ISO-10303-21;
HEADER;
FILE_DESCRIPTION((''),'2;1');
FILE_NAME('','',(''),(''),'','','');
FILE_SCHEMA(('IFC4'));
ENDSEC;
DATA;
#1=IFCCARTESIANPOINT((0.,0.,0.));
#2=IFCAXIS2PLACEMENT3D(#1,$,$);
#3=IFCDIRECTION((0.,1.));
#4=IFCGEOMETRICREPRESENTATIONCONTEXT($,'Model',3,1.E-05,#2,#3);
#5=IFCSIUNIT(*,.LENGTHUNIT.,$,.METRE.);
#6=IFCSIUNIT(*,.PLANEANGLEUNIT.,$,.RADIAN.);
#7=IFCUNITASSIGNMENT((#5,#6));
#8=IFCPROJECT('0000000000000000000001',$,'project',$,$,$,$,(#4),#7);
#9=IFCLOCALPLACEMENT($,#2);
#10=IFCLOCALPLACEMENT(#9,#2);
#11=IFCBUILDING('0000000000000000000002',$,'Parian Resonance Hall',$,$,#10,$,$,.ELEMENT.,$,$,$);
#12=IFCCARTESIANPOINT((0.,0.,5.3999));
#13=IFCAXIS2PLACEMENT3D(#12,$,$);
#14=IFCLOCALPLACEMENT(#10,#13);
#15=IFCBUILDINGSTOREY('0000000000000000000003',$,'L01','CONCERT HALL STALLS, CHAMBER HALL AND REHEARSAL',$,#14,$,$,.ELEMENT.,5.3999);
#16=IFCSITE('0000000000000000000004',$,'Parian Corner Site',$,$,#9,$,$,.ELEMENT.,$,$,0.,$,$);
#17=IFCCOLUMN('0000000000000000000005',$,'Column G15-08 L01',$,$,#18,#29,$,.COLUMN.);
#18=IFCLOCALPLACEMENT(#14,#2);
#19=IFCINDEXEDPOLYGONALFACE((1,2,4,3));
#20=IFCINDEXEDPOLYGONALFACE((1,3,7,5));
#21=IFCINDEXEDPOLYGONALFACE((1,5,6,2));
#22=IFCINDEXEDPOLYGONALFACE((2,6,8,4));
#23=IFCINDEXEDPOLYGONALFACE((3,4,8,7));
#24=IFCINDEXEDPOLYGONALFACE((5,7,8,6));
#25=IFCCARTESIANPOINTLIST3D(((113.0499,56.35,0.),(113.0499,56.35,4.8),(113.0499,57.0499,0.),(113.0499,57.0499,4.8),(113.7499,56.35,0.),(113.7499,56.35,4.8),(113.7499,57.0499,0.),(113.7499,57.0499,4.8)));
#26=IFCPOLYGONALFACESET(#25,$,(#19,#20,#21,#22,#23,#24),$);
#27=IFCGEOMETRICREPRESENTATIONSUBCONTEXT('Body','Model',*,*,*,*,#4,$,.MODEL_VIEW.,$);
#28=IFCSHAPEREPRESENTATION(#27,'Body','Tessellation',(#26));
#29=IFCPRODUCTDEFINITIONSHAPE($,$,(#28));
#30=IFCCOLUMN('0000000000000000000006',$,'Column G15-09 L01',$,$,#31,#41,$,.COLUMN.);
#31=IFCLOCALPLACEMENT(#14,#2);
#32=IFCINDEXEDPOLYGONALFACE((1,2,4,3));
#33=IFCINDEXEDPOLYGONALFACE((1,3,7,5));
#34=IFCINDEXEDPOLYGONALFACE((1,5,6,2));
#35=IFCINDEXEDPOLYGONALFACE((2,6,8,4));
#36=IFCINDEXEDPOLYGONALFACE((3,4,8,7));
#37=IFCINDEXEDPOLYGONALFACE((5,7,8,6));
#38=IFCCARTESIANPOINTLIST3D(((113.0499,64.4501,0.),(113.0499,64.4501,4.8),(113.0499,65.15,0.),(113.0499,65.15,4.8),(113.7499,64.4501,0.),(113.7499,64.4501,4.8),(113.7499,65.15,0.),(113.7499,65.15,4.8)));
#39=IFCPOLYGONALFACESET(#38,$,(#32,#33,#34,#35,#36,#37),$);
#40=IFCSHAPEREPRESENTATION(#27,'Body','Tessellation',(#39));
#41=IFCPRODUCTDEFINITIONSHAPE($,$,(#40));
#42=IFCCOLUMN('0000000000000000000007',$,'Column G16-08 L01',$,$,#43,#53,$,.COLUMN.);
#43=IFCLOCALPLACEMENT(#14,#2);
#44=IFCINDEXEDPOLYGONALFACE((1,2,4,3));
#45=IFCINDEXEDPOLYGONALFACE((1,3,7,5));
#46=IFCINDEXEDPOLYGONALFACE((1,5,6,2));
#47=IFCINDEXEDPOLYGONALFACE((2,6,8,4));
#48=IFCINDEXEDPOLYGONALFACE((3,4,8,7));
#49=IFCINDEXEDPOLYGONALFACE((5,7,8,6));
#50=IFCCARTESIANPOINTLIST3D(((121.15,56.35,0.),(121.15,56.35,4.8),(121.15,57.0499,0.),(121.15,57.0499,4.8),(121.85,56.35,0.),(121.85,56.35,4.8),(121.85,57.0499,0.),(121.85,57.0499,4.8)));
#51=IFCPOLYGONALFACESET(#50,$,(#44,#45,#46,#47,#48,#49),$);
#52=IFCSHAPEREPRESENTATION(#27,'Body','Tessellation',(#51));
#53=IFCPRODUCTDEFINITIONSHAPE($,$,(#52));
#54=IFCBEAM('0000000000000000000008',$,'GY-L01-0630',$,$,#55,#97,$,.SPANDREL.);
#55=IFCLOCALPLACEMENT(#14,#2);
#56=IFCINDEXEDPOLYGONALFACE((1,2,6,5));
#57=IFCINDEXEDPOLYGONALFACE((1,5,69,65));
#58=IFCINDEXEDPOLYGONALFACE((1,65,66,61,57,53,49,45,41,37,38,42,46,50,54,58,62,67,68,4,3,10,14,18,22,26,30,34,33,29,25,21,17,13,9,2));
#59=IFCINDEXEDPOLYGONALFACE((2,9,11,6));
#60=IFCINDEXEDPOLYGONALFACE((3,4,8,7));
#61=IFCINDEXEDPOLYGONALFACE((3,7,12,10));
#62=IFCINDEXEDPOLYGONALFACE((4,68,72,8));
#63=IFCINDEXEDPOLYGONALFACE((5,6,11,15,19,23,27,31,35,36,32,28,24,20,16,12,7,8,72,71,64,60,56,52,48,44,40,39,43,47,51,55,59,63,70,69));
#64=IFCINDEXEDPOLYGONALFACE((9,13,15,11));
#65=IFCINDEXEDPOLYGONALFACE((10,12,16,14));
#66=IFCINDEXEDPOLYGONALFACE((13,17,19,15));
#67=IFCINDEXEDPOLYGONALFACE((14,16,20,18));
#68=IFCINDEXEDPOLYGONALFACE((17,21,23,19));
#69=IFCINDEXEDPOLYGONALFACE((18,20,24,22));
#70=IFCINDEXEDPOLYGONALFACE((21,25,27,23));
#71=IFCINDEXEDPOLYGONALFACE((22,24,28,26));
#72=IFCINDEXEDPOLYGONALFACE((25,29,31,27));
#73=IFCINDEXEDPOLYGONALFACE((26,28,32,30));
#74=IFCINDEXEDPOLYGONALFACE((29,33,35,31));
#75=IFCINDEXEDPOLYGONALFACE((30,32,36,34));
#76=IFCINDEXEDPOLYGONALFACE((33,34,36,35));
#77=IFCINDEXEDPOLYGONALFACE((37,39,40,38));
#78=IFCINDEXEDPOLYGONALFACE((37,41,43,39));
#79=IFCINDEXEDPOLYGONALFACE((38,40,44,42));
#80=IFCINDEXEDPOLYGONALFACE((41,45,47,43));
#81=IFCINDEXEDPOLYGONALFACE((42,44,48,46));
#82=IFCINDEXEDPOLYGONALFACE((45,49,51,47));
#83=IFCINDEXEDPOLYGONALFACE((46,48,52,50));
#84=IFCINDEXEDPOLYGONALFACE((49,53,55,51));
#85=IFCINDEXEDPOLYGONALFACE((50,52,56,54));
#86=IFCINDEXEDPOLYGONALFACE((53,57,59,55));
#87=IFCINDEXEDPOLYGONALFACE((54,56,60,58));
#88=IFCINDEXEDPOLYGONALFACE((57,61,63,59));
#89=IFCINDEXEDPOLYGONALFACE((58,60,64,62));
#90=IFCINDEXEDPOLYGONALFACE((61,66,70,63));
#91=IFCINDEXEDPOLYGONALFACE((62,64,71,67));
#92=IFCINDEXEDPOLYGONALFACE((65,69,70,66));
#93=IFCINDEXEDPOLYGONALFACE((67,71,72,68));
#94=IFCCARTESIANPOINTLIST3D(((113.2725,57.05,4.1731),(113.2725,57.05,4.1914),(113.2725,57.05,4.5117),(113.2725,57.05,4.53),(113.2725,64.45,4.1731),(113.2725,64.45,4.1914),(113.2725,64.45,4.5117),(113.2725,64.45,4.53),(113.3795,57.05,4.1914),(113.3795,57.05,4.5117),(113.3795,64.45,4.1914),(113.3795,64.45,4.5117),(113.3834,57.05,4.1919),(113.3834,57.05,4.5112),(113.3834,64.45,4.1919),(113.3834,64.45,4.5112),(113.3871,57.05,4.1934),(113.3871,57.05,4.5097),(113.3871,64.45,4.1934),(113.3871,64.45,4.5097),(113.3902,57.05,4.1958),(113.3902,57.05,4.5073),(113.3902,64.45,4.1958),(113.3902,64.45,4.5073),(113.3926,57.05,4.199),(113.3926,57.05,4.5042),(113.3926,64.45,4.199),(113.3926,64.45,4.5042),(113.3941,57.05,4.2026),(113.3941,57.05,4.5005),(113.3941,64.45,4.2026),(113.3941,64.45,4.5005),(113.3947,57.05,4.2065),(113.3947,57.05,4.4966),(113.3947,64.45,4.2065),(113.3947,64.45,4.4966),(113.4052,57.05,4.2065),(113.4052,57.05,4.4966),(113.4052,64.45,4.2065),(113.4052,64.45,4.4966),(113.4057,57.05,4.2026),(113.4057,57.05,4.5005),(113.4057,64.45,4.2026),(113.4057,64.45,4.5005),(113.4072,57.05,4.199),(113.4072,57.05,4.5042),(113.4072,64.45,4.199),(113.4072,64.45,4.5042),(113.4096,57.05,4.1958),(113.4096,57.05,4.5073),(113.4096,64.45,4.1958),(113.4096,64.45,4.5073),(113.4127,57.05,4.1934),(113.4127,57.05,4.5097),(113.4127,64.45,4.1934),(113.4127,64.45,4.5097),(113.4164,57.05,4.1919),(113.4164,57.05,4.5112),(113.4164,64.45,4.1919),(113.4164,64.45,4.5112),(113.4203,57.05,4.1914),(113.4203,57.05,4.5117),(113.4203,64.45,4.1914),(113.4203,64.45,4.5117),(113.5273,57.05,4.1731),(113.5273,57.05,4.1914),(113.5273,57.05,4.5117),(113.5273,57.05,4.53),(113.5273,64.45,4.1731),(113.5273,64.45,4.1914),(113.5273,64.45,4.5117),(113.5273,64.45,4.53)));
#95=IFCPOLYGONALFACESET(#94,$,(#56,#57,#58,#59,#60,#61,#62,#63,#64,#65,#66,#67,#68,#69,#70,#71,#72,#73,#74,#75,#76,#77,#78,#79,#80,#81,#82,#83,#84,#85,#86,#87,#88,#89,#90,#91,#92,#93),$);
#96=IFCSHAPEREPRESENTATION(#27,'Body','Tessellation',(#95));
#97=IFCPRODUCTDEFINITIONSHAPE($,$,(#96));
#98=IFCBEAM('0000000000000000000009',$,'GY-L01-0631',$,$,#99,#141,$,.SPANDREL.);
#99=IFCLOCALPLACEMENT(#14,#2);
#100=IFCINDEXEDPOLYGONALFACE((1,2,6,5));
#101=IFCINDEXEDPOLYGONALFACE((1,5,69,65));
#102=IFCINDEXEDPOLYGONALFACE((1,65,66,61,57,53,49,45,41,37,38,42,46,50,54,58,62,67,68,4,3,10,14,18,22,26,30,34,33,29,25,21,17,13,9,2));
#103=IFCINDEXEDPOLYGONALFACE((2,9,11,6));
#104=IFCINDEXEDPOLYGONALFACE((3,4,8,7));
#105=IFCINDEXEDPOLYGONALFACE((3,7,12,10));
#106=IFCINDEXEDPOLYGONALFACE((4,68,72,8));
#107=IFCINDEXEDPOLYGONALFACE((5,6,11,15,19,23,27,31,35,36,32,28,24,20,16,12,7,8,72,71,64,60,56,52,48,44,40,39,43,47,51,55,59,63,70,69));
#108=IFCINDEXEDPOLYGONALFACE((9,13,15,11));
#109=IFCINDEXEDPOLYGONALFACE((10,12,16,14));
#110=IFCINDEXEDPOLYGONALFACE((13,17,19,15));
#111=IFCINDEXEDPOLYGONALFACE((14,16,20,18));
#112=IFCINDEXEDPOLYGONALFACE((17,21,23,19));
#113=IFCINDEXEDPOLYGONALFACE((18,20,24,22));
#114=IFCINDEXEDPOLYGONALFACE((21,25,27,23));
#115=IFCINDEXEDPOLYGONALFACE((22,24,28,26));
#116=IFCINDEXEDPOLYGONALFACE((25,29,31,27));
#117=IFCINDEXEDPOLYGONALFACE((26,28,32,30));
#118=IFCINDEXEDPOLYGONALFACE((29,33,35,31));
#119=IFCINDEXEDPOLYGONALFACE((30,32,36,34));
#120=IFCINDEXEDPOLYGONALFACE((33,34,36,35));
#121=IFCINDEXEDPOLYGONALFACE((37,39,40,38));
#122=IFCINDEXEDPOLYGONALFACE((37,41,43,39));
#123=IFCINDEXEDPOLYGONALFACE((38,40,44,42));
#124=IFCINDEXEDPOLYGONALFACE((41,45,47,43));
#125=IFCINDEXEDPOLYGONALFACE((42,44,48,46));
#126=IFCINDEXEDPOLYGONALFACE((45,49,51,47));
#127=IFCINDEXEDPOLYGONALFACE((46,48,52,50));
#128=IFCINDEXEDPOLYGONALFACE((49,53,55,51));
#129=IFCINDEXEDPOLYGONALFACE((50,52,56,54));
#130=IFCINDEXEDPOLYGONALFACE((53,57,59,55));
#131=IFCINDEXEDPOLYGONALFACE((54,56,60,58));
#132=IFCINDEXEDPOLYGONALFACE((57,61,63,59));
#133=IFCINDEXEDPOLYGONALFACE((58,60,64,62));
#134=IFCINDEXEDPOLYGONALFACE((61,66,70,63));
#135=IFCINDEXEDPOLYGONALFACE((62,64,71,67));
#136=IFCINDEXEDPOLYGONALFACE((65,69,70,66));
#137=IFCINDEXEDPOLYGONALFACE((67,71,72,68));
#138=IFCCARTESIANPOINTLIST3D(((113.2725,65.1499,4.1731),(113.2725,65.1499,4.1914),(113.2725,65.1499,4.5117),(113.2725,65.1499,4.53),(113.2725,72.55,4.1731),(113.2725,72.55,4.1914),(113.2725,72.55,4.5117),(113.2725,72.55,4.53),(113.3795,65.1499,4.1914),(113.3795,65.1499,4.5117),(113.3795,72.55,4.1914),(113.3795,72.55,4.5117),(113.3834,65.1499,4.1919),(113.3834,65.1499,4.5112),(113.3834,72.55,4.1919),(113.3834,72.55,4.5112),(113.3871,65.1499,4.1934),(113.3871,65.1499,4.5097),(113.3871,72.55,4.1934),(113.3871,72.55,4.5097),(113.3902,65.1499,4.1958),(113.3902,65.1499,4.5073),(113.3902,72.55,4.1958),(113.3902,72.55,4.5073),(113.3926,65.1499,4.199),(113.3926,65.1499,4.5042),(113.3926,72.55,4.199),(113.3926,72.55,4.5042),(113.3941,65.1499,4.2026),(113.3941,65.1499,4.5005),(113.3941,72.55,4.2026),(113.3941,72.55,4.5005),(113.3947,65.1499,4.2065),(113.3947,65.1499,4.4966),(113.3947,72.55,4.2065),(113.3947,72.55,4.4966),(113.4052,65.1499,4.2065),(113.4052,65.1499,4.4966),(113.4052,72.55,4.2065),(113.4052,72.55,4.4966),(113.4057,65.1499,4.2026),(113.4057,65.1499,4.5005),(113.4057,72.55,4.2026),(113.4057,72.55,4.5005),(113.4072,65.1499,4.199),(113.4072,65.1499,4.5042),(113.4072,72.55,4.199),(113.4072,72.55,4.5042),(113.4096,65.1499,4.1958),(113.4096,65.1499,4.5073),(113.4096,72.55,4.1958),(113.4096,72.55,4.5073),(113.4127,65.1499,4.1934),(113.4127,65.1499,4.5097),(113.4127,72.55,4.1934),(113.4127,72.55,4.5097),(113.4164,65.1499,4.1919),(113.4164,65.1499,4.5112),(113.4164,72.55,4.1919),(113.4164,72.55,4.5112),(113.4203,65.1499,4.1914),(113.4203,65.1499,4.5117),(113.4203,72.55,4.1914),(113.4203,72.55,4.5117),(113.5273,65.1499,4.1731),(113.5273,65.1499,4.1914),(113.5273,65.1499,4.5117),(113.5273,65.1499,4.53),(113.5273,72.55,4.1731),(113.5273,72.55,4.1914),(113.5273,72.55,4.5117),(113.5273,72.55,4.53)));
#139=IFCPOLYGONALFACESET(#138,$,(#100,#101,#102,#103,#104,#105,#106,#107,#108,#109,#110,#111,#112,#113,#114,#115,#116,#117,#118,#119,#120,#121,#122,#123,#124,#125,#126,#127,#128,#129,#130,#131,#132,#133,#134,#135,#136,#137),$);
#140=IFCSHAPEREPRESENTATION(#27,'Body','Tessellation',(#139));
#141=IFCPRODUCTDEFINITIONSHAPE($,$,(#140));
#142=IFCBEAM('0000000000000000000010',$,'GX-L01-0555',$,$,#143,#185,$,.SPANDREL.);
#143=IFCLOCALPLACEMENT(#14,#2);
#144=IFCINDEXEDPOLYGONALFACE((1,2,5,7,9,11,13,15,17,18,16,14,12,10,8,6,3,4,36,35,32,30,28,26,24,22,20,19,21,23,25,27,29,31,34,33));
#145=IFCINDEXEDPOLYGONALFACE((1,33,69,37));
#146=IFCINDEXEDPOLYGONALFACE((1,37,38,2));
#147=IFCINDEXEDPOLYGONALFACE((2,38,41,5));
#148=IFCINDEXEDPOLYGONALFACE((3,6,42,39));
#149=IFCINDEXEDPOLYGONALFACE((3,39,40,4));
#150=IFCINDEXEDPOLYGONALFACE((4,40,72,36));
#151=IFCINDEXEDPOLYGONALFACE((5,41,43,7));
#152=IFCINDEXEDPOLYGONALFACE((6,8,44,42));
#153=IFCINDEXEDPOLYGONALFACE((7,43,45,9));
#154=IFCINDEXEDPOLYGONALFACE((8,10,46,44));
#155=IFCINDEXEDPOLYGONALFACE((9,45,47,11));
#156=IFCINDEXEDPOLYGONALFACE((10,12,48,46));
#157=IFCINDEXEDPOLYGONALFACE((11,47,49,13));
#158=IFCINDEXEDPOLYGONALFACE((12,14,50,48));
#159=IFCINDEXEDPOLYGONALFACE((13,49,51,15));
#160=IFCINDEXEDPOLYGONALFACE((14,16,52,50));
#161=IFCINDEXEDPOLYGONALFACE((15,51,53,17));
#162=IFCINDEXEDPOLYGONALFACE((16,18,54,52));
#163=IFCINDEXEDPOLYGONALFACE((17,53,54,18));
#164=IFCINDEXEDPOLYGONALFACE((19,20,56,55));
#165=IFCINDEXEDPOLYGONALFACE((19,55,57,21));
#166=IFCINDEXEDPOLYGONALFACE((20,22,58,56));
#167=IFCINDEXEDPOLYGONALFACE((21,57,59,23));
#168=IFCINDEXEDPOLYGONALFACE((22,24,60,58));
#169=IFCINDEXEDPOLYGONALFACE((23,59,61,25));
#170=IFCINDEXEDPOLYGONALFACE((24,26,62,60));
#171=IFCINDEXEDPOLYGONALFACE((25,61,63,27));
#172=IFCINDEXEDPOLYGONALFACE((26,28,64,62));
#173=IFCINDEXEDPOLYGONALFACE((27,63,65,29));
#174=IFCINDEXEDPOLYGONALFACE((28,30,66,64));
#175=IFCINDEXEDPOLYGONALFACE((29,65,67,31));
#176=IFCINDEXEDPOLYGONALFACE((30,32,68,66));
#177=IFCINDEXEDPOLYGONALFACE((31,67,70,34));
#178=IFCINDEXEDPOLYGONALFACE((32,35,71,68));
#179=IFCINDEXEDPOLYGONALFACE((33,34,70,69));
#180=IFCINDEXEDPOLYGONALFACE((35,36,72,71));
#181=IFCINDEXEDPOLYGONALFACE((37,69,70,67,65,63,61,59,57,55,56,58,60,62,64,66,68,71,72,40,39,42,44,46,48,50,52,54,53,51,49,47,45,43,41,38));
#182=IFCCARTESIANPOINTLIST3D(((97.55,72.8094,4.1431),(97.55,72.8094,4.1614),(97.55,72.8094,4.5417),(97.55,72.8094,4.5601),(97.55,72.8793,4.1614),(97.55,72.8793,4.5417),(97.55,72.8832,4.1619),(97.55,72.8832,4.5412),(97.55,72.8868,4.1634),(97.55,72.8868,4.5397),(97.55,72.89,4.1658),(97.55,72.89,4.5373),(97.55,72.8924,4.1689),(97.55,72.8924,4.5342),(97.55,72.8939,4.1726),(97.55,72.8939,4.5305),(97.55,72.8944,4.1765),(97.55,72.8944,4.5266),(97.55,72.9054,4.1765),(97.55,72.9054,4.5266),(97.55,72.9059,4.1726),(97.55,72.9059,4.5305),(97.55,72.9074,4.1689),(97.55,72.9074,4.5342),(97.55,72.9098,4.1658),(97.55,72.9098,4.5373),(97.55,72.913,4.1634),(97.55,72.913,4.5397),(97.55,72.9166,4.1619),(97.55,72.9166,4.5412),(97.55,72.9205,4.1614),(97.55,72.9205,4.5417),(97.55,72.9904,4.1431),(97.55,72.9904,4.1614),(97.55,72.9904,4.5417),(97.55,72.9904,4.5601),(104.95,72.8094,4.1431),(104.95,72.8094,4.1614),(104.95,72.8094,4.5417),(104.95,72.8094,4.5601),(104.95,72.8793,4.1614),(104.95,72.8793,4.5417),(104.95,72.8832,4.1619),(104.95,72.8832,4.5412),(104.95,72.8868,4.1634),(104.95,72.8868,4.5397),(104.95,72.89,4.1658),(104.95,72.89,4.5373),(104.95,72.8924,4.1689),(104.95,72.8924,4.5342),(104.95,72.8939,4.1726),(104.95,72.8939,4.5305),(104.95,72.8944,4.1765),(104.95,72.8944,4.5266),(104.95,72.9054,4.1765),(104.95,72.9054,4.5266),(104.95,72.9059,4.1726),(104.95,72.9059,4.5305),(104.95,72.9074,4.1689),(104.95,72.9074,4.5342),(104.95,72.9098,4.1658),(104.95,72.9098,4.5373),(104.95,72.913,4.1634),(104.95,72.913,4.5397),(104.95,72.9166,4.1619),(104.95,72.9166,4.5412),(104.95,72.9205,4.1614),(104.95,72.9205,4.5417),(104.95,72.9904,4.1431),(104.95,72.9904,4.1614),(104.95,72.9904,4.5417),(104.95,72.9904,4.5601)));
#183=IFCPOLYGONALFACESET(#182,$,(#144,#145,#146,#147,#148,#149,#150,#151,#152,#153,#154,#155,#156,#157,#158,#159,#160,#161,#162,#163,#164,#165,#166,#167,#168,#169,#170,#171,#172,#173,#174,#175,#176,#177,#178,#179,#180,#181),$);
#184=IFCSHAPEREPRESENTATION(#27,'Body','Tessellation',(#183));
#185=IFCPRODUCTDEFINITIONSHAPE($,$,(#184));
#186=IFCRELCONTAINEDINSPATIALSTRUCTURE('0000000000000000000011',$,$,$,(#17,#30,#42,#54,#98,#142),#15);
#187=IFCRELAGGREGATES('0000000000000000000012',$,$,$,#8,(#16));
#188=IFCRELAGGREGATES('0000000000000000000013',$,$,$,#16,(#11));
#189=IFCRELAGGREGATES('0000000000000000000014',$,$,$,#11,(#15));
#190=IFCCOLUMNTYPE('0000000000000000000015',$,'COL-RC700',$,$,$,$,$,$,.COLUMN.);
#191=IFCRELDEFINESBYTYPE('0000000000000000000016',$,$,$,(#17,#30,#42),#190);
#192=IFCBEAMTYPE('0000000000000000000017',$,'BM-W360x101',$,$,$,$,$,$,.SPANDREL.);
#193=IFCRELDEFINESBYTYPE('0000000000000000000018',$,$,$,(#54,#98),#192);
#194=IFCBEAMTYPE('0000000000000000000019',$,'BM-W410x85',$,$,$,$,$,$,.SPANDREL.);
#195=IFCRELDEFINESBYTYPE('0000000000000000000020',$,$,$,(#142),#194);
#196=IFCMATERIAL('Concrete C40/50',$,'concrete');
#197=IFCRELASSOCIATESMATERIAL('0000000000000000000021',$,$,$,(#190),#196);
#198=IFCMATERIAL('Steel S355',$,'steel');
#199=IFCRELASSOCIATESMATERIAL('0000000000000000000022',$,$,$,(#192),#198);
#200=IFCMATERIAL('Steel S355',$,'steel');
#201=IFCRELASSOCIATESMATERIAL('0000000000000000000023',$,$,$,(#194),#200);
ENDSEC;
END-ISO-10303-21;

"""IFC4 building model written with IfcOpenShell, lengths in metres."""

from ifc_helpers import new_model, si_unit, direction, frame, origin, origin_2d, place, context, subcontext, project, spatial, rectangle, i_section, extrude, material, material_profile, profile_set, type_object, element, save


model = new_model("IFC4")

# Units and contexts
model_context = context("Model", 3, precision=1e-05, world=origin(), true_north=direction((0.0, 1.0)))
body_context = subcontext(model_context, "Body", "Model", "MODEL_VIEW")
ifc_project = project(units=[si_unit("LENGTHUNIT", "METRE"), si_unit("PLANEANGLEUNIT", "RADIAN")], contexts=[model_context])

# Site, building, storey
site_placement = place(None, origin())
site = spatial("IfcSite", under=ifc_project, at=site_placement, Name="Parian Corner Site", CompositionType="ELEMENT", RefElevation=0.0)
building_placement = place(site_placement, origin())
building = spatial("IfcBuilding", under=site, at=building_placement, Name="Parian Resonance Hall", CompositionType="ELEMENT")
storey_placement = place(building_placement, frame((0.0, 0.0, 5.3999)))
storey = spatial("IfcBuildingStorey", under=building, at=storey_placement, Name="L01", Description="CONCERT HALL STALLS, CHAMBER HALL AND REHEARSAL", CompositionType="ELEMENT", Elevation=5.3999)

# Columns
ifc_material_1 = material(Name="Concrete C40/50", Category="concrete")
ifc_material_profile_1 = material_profile(ifc_material_1, rectangle(XDim=0.7, YDim=0.7, at=origin_2d()), Name="RC-COL-700x700")
ifc_profile_set_1 = profile_set([ifc_material_profile_1], Name="Concrete C40/50")
column_type = type_object("IfcColumnType", Name="COL-RC700", PredefinedType="COLUMN", material=ifc_profile_set_1)
for number, where, z_axis, x_axis, name in (
    (1, (113.3999, 56.7, 0.0), (0.0, 0.0, 1.0), (1.0, 0.0, 0.0), "Column G15-08 L01"),
    (2, (113.3999, 64.8, 0.0), (0.0, 0.0, 1.0), (1.0, 0.0, 0.0), "Column G15-09 L01"),
    (3, (121.5, 56.7, 0.0), (0.0, 0.0, 1.0), (1.0, 0.0, 0.0), "Column G16-08 L01"),
):
    element("IfcColumn", number, at=place(storey_placement, frame(where, z_axis=z_axis, x_axis=x_axis)), inside=storey, type_object=column_type, Name=name, PredefinedType="COLUMN", context=body_context, shape_type="SweptSolid", body=[
        extrude(rectangle(XDim=0.7, YDim=0.7, at=origin_2d()), origin(), (0.0, 0.0, 1.0), 4.8),
    ])

# Beams
ifc_material_2 = material(Name="Steel S355", Category="steel")
ifc_material_profile_2 = material_profile(ifc_material_2, i_section(OverallWidth=0.2549, OverallDepth=0.3569, WebThickness=0.0105, FlangeThickness=0.0183, FilletRadius=0.0151, at=origin_2d()), Name="W360x101")
ifc_profile_set_2 = profile_set([ifc_material_profile_2], Name="Steel S355")
beam_type_1 = type_object("IfcBeamType", Name="BM-W360x101", PredefinedType="SPANDREL", material=ifc_profile_set_2)
beam_1_placement = place(storey_placement, frame((113.3999, 57.05, 4.3516), z_axis=(0.0, 1.0, 0.0), x_axis=(-1.0, 0.0, 0.0)))
element("IfcBeam", 4, at=beam_1_placement, inside=storey, type_object=beam_type_1, Name="GY-L01-0630", PredefinedType="SPANDREL", context=body_context, shape_type="SweptSolid", body=[
    extrude(i_section(OverallWidth=0.2549, OverallDepth=0.3569, WebThickness=0.0105, FlangeThickness=0.0183, FilletRadius=0.0151, at=origin_2d()), origin(), (0.0, 0.0, 1.0), 7.3999),
])
beam_2_placement = place(storey_placement, frame((113.3999, 65.1499, 4.3516), z_axis=(0.0, 1.0, 0.0), x_axis=(-1.0, 0.0, 0.0)))
element("IfcBeam", 5, at=beam_2_placement, inside=storey, type_object=beam_type_1, Name="GY-L01-0631", PredefinedType="SPANDREL", context=body_context, shape_type="SweptSolid", body=[
    extrude(i_section(OverallWidth=0.2549, OverallDepth=0.3569, WebThickness=0.0105, FlangeThickness=0.0183, FilletRadius=0.0151, at=origin_2d()), origin(), (0.0, 0.0, 1.0), 7.4001),
])
ifc_material_3 = material(Name="Steel S355", Category="steel")
ifc_material_profile_3 = material_profile(ifc_material_3, i_section(OverallWidth=0.1809, OverallDepth=0.417, WebThickness=0.011, FlangeThickness=0.0183, FilletRadius=0.0151, at=origin_2d()), Name="W410x85")
ifc_profile_set_3 = profile_set([ifc_material_profile_3], Name="Steel S355")
beam_type_2 = type_object("IfcBeamType", Name="BM-W410x85", PredefinedType="SPANDREL", material=ifc_profile_set_3)
beam_3_placement = place(storey_placement, frame((97.55, 72.8999, 4.3516), z_axis=(1.0, 0.0, 0.0), x_axis=(0.0, 1.0, 0.0)))
element("IfcBeam", 6, at=beam_3_placement, inside=storey, type_object=beam_type_2, Name="GX-L01-0555", PredefinedType="SPANDREL", context=body_context, shape_type="SweptSolid", body=[
    extrude(i_section(OverallWidth=0.1809, OverallDepth=0.417, WebThickness=0.011, FlangeThickness=0.0183, FilletRadius=0.0151, at=origin_2d()), origin(), (0.0, 0.0, 1.0), 7.3999),
])

save(model, "model.ifc")
